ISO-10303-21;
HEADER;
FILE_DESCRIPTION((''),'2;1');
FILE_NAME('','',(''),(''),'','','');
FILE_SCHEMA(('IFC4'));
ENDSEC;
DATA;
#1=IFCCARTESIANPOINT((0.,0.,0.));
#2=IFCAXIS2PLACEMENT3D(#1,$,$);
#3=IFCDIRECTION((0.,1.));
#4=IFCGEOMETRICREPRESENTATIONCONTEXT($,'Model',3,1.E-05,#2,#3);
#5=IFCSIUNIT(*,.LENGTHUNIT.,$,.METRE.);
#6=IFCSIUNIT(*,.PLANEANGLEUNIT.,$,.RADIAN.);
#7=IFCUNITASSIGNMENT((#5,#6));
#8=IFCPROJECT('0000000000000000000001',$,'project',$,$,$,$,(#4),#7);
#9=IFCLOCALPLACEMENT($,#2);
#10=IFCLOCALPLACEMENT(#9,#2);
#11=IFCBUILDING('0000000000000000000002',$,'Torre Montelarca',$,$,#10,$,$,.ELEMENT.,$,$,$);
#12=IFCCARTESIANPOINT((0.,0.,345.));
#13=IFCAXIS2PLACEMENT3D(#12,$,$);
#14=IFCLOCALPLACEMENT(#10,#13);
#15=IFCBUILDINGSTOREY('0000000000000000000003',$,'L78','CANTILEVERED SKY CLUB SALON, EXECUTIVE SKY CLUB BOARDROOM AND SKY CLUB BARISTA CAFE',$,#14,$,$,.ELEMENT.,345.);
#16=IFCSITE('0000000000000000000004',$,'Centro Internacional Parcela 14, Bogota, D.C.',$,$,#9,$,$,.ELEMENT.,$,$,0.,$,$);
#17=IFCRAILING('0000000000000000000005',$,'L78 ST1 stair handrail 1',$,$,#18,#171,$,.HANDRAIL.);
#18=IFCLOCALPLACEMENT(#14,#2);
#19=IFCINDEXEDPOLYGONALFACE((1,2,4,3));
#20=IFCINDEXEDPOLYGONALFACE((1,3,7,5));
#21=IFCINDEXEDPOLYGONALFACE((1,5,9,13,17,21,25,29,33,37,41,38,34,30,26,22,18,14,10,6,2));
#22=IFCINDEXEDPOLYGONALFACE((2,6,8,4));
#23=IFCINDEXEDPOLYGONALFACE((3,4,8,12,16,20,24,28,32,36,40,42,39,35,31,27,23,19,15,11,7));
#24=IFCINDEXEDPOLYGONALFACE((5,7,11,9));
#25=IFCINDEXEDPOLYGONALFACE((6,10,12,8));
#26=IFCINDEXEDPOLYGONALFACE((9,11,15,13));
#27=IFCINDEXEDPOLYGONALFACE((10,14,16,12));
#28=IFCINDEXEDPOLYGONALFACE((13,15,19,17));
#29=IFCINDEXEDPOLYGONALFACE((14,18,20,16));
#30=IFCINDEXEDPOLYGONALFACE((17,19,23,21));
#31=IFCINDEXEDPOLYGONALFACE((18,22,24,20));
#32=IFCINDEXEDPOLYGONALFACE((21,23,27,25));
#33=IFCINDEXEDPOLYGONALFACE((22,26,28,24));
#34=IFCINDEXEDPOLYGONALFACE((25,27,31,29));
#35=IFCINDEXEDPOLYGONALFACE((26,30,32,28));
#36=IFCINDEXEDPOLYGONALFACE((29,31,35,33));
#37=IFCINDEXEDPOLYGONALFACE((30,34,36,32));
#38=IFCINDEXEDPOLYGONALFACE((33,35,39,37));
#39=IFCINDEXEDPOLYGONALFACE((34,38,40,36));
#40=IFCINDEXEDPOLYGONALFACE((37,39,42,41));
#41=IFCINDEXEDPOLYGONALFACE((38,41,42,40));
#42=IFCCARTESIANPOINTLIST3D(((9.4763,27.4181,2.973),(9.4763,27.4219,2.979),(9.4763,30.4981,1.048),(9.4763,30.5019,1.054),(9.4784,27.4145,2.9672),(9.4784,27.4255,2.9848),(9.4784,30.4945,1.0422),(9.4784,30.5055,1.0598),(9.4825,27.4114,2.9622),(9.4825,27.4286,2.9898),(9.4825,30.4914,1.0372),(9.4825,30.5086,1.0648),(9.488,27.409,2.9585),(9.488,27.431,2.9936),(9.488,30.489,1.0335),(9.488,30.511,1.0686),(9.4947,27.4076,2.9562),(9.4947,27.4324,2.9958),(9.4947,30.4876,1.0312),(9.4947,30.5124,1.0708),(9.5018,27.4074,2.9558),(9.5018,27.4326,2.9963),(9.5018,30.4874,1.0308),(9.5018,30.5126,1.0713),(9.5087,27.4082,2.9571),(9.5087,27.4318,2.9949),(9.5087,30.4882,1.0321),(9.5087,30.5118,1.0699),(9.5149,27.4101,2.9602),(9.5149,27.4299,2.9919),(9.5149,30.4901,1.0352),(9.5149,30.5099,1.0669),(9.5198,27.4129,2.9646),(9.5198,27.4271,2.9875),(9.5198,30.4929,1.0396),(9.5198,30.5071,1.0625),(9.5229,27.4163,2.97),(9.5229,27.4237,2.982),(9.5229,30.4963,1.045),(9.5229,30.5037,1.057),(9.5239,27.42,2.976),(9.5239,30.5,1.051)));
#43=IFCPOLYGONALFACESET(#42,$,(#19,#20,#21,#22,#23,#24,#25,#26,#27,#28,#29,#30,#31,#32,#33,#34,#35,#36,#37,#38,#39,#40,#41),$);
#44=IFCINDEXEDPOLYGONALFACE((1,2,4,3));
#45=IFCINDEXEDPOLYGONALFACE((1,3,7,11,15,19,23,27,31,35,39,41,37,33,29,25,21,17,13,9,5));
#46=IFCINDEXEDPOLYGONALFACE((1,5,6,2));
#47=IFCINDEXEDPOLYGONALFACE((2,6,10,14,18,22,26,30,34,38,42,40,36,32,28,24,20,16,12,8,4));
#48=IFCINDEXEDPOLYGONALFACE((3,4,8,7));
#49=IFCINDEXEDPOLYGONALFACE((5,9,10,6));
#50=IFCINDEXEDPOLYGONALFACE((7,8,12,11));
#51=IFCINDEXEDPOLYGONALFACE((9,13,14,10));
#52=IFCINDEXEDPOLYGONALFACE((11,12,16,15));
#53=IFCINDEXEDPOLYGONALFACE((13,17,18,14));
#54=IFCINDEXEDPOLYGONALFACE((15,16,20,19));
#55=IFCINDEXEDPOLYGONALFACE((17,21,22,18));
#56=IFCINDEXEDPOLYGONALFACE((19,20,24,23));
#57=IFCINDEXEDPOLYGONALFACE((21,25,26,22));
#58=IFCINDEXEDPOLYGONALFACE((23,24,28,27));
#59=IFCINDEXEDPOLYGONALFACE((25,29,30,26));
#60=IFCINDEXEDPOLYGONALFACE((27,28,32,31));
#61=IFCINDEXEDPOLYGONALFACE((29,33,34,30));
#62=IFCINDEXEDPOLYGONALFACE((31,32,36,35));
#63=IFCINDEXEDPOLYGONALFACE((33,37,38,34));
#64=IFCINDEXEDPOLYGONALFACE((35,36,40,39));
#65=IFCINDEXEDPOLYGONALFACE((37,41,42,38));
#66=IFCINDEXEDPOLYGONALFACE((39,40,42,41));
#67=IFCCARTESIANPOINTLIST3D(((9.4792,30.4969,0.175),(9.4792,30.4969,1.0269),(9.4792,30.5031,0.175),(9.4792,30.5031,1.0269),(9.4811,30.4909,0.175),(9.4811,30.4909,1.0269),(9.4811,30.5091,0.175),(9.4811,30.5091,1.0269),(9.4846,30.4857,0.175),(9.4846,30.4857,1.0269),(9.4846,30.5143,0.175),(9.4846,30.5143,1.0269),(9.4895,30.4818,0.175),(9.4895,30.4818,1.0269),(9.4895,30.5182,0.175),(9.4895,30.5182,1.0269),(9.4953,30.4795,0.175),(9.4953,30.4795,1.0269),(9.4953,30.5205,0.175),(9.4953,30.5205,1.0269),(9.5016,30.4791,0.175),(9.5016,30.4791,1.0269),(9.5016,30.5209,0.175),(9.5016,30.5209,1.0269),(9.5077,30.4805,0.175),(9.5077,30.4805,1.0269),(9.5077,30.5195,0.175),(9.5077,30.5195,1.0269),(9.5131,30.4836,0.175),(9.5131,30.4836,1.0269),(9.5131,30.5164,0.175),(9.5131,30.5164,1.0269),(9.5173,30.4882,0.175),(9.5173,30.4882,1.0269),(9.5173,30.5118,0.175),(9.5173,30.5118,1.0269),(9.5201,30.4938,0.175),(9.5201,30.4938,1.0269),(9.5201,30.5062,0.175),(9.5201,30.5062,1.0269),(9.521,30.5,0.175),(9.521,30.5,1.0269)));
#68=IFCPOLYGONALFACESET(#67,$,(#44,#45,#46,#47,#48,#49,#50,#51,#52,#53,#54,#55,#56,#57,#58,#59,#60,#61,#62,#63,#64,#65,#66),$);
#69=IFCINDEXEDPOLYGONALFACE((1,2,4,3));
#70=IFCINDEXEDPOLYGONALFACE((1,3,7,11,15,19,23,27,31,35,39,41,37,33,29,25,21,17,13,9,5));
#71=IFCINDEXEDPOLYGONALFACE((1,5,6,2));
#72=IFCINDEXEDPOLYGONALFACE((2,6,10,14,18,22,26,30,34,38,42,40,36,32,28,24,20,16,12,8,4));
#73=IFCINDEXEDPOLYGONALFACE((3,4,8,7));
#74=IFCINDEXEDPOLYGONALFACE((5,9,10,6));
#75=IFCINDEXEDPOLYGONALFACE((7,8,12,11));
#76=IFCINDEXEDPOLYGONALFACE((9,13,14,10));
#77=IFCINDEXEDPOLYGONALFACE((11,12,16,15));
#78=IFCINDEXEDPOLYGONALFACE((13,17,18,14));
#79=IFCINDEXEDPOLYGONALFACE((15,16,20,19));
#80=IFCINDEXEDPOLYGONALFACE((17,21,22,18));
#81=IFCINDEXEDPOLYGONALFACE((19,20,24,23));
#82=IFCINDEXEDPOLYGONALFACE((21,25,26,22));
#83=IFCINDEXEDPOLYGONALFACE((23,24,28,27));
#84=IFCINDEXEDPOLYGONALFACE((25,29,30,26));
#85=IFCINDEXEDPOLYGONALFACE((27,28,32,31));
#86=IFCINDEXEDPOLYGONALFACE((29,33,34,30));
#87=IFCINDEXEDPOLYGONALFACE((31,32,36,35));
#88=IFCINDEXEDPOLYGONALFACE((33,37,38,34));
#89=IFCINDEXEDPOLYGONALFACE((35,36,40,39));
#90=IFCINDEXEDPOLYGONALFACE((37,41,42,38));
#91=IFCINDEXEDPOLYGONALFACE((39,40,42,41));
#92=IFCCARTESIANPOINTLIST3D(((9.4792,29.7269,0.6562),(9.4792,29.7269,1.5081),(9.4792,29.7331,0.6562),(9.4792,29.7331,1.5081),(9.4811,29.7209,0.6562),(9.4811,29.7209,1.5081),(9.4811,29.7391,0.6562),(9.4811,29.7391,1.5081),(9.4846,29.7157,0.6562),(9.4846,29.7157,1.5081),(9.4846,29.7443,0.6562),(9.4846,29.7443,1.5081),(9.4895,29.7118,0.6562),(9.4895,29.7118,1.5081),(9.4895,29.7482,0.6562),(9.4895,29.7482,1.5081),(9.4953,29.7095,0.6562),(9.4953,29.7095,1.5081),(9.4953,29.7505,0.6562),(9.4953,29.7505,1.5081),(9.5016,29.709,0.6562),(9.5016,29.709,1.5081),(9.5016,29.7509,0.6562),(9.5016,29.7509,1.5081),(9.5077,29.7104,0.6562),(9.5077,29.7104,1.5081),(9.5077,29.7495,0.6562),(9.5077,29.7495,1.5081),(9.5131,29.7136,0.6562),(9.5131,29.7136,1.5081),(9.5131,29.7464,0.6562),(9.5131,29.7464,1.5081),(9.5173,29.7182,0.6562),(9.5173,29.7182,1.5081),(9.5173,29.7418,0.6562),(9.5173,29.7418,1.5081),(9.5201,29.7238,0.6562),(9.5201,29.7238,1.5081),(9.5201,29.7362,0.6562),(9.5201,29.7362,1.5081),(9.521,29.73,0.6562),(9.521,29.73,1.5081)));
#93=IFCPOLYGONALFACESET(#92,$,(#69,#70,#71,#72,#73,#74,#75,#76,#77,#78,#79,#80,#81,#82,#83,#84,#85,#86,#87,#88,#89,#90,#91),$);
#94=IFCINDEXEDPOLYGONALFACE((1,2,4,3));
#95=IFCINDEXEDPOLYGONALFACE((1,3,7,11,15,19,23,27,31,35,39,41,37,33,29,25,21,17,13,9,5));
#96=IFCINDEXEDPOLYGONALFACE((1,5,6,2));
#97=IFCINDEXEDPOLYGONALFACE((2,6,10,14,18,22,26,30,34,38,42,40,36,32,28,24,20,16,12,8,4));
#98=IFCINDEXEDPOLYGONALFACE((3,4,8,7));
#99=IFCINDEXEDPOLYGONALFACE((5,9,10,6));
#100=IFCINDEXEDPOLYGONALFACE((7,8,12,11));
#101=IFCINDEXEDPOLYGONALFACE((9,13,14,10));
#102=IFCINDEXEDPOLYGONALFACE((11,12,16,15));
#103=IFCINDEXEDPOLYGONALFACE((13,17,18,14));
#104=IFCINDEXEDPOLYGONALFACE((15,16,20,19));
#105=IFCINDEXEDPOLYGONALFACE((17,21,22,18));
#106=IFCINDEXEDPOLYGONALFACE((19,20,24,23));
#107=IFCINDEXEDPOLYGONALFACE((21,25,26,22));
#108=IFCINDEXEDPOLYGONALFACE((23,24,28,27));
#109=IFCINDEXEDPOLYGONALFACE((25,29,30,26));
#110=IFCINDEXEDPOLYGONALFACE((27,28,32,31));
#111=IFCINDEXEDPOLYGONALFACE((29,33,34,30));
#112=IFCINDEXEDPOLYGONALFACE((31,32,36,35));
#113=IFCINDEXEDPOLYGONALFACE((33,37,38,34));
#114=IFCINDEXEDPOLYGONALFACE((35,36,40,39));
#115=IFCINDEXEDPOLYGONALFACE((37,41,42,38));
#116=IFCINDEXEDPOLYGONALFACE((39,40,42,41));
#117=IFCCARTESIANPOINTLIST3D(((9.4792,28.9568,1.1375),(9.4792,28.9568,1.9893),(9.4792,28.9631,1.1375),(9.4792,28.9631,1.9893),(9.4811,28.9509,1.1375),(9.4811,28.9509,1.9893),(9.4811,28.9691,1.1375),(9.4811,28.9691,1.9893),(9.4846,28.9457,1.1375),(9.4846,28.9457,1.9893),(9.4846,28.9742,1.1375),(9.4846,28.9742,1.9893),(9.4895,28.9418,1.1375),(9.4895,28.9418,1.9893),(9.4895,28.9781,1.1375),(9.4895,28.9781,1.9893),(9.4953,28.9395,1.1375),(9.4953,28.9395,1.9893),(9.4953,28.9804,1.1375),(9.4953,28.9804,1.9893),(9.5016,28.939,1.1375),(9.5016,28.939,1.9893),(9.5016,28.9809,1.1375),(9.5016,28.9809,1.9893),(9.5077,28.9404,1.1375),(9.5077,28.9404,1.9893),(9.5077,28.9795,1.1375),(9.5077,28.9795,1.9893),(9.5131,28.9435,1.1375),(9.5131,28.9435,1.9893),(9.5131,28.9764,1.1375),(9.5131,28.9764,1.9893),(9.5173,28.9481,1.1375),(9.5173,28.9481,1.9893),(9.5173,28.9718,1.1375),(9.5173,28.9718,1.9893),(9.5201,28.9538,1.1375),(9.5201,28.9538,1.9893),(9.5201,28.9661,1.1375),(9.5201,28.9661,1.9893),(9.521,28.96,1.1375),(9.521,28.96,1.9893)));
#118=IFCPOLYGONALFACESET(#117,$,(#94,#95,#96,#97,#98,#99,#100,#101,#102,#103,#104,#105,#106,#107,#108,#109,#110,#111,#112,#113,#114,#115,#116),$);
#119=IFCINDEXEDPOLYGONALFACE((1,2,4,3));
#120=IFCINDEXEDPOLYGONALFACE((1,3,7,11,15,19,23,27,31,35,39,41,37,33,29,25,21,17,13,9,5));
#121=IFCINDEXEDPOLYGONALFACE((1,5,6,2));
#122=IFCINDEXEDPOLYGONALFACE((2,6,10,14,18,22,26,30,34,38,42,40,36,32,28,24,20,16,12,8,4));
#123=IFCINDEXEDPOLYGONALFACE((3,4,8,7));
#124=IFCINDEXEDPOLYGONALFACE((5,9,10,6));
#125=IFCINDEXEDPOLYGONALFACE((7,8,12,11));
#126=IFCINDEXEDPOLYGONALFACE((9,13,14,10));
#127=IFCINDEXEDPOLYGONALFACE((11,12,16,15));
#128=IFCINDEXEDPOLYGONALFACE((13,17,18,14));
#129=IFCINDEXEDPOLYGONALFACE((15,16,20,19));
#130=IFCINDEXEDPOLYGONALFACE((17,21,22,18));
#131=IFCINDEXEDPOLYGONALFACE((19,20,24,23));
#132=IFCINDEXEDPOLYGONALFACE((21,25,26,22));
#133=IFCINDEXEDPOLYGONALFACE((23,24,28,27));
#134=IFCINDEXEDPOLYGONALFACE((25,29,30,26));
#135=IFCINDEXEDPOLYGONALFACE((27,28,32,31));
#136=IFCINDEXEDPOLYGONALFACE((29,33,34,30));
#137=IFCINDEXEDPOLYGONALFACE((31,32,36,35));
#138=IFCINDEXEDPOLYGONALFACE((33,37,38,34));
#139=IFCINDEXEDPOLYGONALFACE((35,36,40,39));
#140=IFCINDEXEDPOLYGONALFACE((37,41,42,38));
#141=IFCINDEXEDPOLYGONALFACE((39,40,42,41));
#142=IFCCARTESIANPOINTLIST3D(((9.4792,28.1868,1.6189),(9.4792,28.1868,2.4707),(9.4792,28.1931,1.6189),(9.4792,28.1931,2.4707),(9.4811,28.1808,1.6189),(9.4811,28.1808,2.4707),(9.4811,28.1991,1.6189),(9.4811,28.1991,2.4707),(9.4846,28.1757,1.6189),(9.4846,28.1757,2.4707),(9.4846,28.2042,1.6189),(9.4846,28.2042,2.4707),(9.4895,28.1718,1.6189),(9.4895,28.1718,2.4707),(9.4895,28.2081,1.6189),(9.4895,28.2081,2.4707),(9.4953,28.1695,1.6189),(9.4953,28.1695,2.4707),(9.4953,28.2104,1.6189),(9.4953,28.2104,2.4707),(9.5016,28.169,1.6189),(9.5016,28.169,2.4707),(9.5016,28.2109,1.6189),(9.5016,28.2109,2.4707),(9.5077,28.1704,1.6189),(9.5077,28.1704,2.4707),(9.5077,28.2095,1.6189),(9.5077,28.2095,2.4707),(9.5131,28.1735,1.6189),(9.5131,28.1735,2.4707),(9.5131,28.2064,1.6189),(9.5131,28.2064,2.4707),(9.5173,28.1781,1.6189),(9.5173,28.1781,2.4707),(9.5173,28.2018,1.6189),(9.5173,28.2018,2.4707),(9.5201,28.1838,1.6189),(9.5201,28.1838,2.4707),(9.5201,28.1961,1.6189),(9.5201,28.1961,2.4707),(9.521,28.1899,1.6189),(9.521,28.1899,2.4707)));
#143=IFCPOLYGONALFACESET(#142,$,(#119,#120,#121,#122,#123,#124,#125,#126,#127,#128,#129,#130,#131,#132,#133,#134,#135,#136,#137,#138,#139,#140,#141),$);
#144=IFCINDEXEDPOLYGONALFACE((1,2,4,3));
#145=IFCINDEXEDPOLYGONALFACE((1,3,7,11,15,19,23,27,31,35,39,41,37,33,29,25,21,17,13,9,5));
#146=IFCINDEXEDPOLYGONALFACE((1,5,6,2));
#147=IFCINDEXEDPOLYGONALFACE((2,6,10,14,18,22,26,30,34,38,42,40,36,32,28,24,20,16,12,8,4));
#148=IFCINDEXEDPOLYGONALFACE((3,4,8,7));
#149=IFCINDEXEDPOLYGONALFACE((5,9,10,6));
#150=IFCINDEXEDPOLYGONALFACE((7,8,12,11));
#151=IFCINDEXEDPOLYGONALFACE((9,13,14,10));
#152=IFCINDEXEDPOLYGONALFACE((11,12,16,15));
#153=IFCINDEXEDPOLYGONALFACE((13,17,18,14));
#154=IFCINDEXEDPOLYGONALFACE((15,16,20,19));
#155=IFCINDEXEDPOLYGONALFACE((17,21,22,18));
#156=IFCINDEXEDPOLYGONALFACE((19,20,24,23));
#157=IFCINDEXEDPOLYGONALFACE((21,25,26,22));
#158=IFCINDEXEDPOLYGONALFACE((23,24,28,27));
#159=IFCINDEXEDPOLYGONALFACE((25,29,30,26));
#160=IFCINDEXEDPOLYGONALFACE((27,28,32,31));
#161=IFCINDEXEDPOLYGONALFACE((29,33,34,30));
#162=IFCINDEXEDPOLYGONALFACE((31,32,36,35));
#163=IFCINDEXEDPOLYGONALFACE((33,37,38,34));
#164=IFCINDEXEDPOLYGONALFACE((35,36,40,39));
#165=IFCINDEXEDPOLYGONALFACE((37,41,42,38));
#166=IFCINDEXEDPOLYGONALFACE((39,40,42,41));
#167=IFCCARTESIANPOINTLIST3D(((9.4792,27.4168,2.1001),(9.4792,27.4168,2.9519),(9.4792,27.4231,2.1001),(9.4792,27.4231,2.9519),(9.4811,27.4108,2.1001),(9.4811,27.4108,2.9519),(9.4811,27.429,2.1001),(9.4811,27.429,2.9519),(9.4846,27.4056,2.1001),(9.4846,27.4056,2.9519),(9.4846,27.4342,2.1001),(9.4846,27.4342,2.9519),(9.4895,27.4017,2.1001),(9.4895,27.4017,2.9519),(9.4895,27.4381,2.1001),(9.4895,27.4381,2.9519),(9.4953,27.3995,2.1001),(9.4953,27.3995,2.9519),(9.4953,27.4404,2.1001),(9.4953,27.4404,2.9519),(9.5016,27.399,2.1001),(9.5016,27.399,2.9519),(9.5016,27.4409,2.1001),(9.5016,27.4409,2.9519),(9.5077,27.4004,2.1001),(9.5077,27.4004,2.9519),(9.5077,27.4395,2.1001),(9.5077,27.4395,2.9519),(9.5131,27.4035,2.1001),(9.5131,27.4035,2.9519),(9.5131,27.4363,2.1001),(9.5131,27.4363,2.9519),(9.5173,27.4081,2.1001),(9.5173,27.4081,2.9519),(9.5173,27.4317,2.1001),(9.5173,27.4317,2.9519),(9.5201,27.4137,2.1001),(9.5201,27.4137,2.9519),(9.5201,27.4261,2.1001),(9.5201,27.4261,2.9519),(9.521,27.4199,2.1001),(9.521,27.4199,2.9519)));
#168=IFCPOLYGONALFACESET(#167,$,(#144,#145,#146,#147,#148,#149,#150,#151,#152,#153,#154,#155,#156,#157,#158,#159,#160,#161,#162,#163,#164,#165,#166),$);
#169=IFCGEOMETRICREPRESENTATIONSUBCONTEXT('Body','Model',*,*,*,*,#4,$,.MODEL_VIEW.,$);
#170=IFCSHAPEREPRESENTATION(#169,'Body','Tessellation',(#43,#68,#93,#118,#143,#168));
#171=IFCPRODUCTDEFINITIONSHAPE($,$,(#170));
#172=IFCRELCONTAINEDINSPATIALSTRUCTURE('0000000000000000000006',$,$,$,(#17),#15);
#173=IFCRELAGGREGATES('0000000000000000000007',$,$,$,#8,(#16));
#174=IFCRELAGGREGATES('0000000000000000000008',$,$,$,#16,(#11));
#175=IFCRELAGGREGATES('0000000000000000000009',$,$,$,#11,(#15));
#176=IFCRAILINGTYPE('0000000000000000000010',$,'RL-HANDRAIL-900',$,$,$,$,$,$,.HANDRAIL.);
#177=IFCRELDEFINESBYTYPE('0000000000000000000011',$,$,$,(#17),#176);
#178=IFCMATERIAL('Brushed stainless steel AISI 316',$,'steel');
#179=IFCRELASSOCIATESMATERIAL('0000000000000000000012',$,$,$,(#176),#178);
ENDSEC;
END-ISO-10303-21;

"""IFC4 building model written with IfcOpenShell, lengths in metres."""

from ifc_helpers import new_model, si_unit, direction, frame, origin, origin_2d, place, context, subcontext, project, spatial, circle, extrude, material, type_object, element, save


model = new_model("IFC4")

# Units and contexts
model_context = context("Model", 3, precision=1e-05, world=origin(), true_north=direction((0.0, 1.0)))
body_context = subcontext(model_context, "Body", "Model", "MODEL_VIEW")
ifc_project = project(units=[si_unit("LENGTHUNIT", "METRE"), si_unit("PLANEANGLEUNIT", "RADIAN")], contexts=[model_context])

# Site, building, storey
site_placement = place(None, origin())
site = spatial("IfcSite", under=ifc_project, at=site_placement, Name="Centro Internacional Parcela 14, Bogota, D.C.", CompositionType="ELEMENT", RefElevation=0.0)
building_placement = place(site_placement, origin())
building = spatial("IfcBuilding", under=site, at=building_placement, Name="Torre Montelarca", CompositionType="ELEMENT")
storey_placement = place(building_placement, frame((0.0, 0.0, 345.0)))
storey = spatial("IfcBuildingStorey", under=building, at=storey_placement, Name="L78", Description="CANTILEVERED SKY CLUB SALON, EXECUTIVE SKY CLUB BOARDROOM AND SKY CLUB BARISTA CAFE", CompositionType="ELEMENT", Elevation=345.0)

# Railing
ifc_material_1 = material(Name="Brushed stainless steel AISI 316", Category="steel")
railing_type_1 = type_object("IfcRailingType", Name="RL-HANDRAIL-900", PredefinedType="HANDRAIL", material=ifc_material_1)
railing_1_placement = place(storey_placement, frame((9.5, 30.5, 0.175)))
element("IfcRailing", 1, at=railing_1_placement, inside=storey, type_object=railing_type_1, Name="L78 ST1 stair handrail 1", PredefinedType="HANDRAIL", context=body_context, shape_type="SweptSolid", body=[
    extrude(circle(Radius=0.0239, at=origin_2d()), frame((0.0, 0.0, 0.876), z_axis=(0.0, -0.847998, 0.529999), x_axis=(1.0, 0.0, 0.0)), (0.0, 0.0, 1.0), 3.6321),
    extrude(circle(Radius=0.021, at=origin_2d()), origin(), (0.0, 0.0, 1.0), 0.8518),
    extrude(circle(Radius=0.021, at=origin_2d()), frame((0.0, -0.77, 0.4812)), (0.0, 0.0, 1.0), 0.8518),
    extrude(circle(Radius=0.021, at=origin_2d()), frame((0.0, -1.54, 0.9624)), (0.0, 0.0, 1.0), 0.8518),
    extrude(circle(Radius=0.021, at=origin_2d()), frame((0.0, -2.3101, 1.4438)), (0.0, 0.0, 1.0), 0.8518),
    extrude(circle(Radius=0.021, at=origin_2d()), frame((0.0, -3.0801, 1.925)), (0.0, 0.0, 1.0), 0.8518),
])

save(model, "model.ifc")
